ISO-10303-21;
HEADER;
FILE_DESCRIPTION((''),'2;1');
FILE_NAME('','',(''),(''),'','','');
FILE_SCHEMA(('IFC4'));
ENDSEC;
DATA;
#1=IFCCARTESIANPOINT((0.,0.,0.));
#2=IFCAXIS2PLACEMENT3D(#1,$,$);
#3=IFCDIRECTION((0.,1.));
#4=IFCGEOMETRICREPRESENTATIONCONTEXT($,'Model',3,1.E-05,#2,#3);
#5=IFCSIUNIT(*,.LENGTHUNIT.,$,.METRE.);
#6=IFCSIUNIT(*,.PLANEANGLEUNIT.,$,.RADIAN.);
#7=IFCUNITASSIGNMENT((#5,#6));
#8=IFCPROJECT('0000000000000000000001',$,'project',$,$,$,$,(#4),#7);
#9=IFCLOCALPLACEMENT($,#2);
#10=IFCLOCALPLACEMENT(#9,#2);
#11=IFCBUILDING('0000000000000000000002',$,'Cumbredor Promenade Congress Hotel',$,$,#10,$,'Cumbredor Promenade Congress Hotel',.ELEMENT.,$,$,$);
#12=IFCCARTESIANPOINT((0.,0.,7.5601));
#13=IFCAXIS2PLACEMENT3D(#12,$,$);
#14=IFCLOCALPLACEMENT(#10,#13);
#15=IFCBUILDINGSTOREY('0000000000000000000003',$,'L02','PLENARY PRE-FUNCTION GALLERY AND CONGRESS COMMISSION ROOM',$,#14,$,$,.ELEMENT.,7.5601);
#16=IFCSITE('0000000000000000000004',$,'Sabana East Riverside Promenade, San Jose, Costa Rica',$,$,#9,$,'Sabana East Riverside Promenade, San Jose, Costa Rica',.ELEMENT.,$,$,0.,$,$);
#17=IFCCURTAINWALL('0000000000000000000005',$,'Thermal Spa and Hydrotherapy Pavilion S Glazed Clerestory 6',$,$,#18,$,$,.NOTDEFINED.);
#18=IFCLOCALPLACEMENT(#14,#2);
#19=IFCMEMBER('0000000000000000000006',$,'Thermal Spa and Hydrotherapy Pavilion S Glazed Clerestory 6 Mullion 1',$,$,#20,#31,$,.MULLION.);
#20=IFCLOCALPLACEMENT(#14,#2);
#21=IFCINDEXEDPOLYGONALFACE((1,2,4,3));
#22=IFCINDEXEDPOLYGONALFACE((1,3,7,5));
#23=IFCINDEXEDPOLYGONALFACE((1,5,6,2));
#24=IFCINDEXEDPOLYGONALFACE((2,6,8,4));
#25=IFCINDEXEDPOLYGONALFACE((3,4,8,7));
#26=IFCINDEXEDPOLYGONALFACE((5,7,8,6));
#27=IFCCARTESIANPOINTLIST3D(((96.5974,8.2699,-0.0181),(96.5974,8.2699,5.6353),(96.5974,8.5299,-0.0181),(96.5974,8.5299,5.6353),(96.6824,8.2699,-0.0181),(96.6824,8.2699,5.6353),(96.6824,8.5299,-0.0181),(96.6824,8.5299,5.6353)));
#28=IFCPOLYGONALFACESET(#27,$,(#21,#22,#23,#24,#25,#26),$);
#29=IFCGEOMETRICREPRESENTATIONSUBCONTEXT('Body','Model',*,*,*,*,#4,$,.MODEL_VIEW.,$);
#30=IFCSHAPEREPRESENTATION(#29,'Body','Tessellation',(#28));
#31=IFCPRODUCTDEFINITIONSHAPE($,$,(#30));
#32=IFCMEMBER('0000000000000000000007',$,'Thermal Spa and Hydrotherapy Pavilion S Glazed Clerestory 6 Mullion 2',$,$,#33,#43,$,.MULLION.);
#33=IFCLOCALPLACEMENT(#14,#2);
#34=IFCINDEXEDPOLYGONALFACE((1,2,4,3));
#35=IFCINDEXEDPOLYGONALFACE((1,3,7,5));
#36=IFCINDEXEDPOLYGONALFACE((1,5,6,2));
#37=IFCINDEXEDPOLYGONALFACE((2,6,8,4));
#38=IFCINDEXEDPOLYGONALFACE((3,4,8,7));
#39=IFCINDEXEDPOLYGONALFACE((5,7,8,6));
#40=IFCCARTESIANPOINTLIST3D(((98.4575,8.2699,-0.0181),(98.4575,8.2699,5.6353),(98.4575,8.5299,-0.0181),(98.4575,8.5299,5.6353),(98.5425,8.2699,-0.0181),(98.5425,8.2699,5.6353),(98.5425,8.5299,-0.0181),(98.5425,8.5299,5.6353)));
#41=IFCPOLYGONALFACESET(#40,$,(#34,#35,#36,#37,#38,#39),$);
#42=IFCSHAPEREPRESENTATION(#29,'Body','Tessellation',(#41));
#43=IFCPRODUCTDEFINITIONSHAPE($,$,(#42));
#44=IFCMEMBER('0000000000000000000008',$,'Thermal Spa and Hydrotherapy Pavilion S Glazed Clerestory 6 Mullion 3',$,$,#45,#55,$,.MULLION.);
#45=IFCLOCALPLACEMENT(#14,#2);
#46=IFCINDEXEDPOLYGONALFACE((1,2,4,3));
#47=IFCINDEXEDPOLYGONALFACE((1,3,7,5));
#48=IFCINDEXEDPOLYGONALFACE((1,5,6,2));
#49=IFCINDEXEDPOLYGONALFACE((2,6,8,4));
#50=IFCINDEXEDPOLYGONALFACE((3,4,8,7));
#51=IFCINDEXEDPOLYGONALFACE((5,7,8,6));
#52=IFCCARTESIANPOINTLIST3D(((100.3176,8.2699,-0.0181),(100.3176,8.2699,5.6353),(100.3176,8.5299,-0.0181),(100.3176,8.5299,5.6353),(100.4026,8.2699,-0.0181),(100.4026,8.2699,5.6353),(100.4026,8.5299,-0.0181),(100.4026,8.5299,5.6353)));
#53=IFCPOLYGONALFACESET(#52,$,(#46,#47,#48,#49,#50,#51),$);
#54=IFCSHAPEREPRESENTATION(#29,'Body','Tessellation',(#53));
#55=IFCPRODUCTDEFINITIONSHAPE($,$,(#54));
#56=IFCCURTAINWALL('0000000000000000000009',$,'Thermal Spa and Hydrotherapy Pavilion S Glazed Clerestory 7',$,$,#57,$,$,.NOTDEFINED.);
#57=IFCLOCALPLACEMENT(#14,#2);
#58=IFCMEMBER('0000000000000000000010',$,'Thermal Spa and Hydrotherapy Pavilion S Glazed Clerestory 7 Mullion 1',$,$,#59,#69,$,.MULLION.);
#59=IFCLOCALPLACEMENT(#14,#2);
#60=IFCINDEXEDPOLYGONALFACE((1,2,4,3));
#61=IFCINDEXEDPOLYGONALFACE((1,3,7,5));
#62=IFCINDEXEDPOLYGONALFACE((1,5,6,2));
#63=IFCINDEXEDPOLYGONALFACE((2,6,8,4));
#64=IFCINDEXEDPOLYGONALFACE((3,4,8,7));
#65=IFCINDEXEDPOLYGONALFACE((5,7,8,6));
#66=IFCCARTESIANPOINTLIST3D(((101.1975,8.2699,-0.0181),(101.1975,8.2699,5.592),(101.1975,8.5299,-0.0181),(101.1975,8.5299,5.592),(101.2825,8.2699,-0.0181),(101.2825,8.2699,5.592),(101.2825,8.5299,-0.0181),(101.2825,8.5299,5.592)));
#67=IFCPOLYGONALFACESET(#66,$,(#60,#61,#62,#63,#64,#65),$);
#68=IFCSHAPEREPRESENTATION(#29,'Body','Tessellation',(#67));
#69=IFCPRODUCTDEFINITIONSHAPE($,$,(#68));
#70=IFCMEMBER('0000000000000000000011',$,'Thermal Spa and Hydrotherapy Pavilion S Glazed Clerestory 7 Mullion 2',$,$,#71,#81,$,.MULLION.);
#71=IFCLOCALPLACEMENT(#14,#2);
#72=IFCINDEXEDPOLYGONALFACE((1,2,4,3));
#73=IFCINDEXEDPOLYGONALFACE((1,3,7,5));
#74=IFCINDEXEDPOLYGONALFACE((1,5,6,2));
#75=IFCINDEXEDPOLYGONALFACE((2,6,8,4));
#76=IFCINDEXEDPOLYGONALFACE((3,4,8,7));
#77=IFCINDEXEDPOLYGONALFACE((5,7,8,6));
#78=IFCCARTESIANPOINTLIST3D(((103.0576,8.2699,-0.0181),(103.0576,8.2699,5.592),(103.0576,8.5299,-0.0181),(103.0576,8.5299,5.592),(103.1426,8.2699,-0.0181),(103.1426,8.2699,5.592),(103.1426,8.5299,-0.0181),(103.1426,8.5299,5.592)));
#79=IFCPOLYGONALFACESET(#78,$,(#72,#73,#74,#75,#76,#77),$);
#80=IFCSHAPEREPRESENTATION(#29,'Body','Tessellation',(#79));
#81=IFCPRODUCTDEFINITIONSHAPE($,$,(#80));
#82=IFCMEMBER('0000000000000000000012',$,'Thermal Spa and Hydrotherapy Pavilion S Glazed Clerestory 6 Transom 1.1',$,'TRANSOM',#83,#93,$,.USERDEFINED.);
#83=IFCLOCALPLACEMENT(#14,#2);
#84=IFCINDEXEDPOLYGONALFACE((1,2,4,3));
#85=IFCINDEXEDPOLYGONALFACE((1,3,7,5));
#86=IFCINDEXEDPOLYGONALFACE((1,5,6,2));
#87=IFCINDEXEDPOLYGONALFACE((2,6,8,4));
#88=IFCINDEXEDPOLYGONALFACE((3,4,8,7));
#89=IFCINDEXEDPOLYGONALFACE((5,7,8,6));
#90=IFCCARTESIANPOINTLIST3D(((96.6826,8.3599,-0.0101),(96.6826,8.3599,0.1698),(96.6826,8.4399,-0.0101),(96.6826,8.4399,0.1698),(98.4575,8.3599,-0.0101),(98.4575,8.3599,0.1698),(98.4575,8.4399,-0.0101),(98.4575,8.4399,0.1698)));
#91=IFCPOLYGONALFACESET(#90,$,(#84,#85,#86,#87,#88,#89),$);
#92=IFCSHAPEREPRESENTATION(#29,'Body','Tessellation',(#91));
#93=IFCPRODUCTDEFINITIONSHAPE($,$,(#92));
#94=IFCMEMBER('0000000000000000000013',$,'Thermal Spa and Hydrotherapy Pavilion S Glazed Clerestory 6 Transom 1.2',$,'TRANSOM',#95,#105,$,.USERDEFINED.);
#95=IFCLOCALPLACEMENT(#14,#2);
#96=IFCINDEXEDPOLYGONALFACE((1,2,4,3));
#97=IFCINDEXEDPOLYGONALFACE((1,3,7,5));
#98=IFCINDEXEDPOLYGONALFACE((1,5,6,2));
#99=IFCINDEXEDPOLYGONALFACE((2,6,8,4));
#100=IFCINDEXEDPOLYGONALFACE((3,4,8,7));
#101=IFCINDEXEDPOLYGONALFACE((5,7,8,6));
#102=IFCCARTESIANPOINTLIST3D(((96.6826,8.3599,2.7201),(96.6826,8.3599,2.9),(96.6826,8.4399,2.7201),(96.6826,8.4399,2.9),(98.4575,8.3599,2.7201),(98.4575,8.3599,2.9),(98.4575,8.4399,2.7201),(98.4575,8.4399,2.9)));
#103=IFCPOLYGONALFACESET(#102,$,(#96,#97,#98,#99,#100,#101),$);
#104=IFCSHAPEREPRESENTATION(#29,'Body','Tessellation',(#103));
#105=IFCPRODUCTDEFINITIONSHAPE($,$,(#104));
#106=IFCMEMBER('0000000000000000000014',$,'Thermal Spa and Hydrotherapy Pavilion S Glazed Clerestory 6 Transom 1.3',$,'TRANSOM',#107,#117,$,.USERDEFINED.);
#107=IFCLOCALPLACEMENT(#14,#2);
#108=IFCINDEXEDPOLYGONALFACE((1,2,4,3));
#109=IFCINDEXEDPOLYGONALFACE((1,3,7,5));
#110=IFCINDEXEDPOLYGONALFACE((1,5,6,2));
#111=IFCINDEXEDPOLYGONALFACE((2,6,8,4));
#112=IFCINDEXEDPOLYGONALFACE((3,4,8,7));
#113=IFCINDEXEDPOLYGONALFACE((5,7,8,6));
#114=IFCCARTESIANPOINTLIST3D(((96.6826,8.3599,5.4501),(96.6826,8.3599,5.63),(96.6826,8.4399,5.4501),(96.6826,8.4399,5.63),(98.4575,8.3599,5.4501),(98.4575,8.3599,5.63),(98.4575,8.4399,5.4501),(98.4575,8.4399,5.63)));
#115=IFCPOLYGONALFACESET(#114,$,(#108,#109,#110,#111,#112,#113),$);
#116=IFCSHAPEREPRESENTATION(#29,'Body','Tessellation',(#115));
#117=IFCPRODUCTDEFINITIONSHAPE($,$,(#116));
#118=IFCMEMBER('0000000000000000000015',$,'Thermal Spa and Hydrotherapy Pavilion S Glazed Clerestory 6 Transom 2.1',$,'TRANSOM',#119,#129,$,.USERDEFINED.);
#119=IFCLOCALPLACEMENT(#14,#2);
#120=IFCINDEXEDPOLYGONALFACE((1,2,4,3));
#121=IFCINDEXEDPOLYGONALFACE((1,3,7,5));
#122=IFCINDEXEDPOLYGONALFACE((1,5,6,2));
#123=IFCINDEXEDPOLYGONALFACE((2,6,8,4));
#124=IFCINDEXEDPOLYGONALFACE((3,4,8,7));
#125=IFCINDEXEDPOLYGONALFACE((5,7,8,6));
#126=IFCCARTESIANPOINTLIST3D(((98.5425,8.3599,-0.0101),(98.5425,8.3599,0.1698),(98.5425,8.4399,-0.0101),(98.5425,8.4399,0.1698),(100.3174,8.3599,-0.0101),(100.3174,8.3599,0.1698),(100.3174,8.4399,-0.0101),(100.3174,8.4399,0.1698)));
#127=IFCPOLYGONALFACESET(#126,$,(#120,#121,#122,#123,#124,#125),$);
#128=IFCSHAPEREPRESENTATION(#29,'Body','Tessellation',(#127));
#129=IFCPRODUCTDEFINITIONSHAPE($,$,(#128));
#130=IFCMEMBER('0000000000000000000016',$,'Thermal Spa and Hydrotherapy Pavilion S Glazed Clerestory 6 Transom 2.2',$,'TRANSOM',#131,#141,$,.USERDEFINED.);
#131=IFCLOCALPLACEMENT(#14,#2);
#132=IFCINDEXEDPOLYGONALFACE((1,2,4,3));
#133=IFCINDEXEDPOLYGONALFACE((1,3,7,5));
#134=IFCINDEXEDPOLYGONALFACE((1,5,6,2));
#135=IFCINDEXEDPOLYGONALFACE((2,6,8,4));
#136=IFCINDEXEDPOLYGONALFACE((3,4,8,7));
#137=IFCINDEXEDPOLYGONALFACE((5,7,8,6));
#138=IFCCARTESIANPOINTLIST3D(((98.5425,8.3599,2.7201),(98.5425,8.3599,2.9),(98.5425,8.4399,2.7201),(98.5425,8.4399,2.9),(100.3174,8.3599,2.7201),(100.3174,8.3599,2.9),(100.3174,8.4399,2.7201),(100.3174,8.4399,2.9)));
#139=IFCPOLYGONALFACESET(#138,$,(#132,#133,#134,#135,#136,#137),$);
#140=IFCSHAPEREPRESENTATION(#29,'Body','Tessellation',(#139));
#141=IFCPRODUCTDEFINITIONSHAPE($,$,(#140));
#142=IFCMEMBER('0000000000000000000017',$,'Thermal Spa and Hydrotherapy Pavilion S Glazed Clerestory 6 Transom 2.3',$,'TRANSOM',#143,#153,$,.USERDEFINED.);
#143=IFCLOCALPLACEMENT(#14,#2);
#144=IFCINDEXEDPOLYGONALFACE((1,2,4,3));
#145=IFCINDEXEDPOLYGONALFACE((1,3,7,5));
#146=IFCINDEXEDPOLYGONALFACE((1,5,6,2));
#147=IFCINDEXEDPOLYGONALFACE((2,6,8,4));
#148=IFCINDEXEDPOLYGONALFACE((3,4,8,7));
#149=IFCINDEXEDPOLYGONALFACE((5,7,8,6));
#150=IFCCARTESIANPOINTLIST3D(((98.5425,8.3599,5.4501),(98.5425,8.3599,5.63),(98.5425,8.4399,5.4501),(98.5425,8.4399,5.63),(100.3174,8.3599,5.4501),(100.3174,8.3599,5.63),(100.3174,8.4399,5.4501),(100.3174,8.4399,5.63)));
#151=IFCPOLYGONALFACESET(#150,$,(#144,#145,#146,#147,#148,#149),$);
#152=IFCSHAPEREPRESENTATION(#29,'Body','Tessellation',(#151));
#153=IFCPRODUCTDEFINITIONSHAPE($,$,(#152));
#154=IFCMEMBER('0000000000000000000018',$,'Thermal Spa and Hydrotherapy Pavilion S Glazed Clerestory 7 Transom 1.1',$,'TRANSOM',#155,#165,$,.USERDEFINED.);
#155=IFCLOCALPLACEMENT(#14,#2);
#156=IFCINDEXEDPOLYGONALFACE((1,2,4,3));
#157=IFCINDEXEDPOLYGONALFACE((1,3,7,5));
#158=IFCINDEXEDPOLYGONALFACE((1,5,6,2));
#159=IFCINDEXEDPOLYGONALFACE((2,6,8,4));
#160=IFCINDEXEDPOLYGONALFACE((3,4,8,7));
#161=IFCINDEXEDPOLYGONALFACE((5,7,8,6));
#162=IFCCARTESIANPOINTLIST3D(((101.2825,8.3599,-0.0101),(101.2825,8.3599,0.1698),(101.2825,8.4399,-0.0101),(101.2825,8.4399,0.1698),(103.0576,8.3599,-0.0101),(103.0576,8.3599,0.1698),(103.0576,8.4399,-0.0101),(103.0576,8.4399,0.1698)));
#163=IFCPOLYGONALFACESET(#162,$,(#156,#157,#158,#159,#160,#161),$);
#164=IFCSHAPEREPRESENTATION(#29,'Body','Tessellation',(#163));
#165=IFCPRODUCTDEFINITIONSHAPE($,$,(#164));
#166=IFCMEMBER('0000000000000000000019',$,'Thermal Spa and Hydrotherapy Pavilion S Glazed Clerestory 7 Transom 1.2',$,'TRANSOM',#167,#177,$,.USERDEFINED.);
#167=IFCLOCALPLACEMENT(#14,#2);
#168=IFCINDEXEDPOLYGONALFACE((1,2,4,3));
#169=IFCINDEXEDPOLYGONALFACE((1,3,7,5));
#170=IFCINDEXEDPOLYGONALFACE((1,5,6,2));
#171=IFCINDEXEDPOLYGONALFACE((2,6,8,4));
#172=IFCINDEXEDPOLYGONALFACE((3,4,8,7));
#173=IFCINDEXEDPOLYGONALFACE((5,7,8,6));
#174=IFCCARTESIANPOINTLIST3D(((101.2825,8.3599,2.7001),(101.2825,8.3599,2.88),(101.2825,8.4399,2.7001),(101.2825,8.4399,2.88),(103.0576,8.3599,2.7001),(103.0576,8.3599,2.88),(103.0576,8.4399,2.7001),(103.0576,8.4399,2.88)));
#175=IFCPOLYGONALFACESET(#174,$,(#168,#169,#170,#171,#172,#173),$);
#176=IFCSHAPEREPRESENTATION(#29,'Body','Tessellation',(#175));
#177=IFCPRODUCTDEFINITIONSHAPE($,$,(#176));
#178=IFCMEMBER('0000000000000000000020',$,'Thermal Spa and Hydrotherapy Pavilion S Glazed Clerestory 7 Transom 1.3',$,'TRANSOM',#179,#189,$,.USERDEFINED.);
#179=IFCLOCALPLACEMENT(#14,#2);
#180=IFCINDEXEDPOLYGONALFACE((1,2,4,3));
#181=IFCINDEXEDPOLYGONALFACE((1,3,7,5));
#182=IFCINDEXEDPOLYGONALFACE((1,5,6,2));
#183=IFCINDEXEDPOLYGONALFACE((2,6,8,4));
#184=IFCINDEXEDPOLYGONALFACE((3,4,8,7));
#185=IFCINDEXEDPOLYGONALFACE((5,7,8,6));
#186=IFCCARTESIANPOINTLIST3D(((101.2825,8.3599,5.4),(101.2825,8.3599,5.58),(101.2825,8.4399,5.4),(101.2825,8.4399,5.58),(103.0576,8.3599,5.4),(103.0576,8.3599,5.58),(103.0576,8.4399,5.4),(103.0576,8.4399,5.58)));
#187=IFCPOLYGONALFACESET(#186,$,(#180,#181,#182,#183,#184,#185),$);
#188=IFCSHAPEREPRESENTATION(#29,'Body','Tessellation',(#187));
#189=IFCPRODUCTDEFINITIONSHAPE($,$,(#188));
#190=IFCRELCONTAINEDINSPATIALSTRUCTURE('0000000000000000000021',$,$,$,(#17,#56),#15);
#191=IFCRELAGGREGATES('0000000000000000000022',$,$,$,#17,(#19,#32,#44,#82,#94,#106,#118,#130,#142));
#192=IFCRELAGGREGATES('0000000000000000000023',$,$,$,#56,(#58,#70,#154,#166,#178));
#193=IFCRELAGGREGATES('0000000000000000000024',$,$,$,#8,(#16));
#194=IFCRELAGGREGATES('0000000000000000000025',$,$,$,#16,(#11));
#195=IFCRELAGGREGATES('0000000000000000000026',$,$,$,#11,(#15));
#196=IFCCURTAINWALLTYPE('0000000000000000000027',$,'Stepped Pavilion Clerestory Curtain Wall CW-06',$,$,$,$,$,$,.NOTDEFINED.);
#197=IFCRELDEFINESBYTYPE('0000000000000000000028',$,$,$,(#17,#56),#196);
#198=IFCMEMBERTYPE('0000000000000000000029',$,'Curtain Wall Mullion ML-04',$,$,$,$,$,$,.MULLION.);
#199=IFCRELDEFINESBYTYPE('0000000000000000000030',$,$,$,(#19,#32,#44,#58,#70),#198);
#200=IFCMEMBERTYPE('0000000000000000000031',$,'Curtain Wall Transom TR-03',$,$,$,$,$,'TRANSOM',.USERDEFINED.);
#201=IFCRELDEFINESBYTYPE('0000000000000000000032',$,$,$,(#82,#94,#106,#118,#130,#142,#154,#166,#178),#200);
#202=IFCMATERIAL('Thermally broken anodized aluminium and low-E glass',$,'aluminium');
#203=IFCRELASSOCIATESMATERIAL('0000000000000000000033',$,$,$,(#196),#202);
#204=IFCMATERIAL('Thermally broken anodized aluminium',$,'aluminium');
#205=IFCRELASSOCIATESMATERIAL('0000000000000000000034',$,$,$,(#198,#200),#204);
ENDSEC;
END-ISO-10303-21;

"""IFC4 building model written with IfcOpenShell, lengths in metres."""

from ifc_helpers import new_model, si_unit, direction, frame, origin, origin_2d, place, context, subcontext, project, spatial, rectangle, extrude, material, material_profile, profile_set, type_object, element, aggregate, save


model = new_model("IFC4")

# Units and contexts
model_context = context("Model", 3, precision=1e-05, world=origin(), true_north=direction((0.0, 1.0)))
body_context = subcontext(model_context, "Body", "Model", "MODEL_VIEW")
ifc_project = project(units=[si_unit("LENGTHUNIT", "METRE"), si_unit("PLANEANGLEUNIT", "RADIAN")], contexts=[model_context])

# Site, building, storey
site_placement = place(None, origin())
site = spatial("IfcSite", under=ifc_project, at=site_placement, Name="Sabana East Riverside Promenade, San Jose, Costa Rica", LongName="Sabana East Riverside Promenade, San Jose, Costa Rica", CompositionType="ELEMENT", RefElevation=0.0)
building_placement = place(site_placement, origin())
building = spatial("IfcBuilding", under=site, at=building_placement, Name="Cumbredor Promenade Congress Hotel", LongName="Cumbredor Promenade Congress Hotel", CompositionType="ELEMENT")
storey_placement = place(building_placement, frame((0.0, 0.0, 7.5601)))
storey = spatial("IfcBuildingStorey", under=building, at=storey_placement, Name="L02", Description="PLENARY PRE-FUNCTION GALLERY AND CONGRESS COMMISSION ROOM", CompositionType="ELEMENT", Elevation=7.5601)

# Curtain walls, members
ifc_material_1 = material(Name="Thermally broken anodized aluminium and low-E glass", Category="aluminium")
curtain_wall_type = type_object("IfcCurtainWallType", Name="Stepped Pavilion Clerestory Curtain Wall CW-06", PredefinedType="NOTDEFINED", material=ifc_material_1)
curtain_wall_1_placement = place(storey_placement, origin())
curtain_wall_1 = element("IfcCurtainWall", 1, at=curtain_wall_1_placement, inside=storey, type_object=curtain_wall_type, Name="Thermal Spa and Hydrotherapy Pavilion S Glazed Clerestory 6", PredefinedType="NOTDEFINED")
ifc_material_2 = material(Name="Thermally broken anodized aluminium", Category="aluminium")
ifc_material_profile_1 = material_profile(ifc_material_2, rectangle(XDim=0.085, YDim=0.26, at=origin_2d()), Name="ALU MULLION CLERESTORY 85x260")
ifc_profile_set_1 = profile_set([ifc_material_profile_1], Name="Thermally broken anodized aluminium")
member_type_1 = type_object("IfcMemberType", Name="Curtain Wall Mullion ML-04", PredefinedType="MULLION", material=ifc_profile_set_1)
member_1_placement = place(storey_placement, frame((96.6399, 8.3999, -0.0181), z_axis=(0.0, 0.0, 1.0), x_axis=(1.0, 0.0, 0.0)))
member_1 = element("IfcMember", 2, at=member_1_placement, type_object=member_type_1, Name="Thermal Spa and Hydrotherapy Pavilion S Glazed Clerestory 6 Mullion 1", PredefinedType="MULLION", context=body_context, shape_type="SweptSolid", body=[
    extrude(rectangle(XDim=0.085, YDim=0.26, at=origin_2d()), origin(), (0.0, 0.0, 1.0), 5.6533),
])
member_2_placement = place(storey_placement, frame((98.5, 8.3999, -0.0181), z_axis=(0.0, 0.0, 1.0), x_axis=(1.0, 0.0, 0.0)))
member_2 = element("IfcMember", 3, at=member_2_placement, type_object=member_type_1, Name="Thermal Spa and Hydrotherapy Pavilion S Glazed Clerestory 6 Mullion 2", PredefinedType="MULLION", context=body_context, shape_type="SweptSolid", body=[
    extrude(rectangle(XDim=0.085, YDim=0.26, at=origin_2d()), origin(), (0.0, 0.0, 1.0), 5.6533),
])
member_3_placement = place(storey_placement, frame((100.3601, 8.3999, -0.0181), z_axis=(0.0, 0.0, 1.0), x_axis=(1.0, 0.0, 0.0)))
member_3 = element("IfcMember", 4, at=member_3_placement, type_object=member_type_1, Name="Thermal Spa and Hydrotherapy Pavilion S Glazed Clerestory 6 Mullion 3", PredefinedType="MULLION", context=body_context, shape_type="SweptSolid", body=[
    extrude(rectangle(XDim=0.085, YDim=0.26, at=origin_2d()), origin(), (0.0, 0.0, 1.0), 5.6533),
])
curtain_wall_2_placement = place(storey_placement, origin())
curtain_wall_2 = element("IfcCurtainWall", 5, at=curtain_wall_2_placement, inside=storey, type_object=curtain_wall_type, Name="Thermal Spa and Hydrotherapy Pavilion S Glazed Clerestory 7", PredefinedType="NOTDEFINED")
member_4_placement = place(storey_placement, frame((101.24, 8.3999, -0.0181), z_axis=(0.0, 0.0, 1.0), x_axis=(1.0, 0.0, 0.0)))
member_4 = element("IfcMember", 6, at=member_4_placement, type_object=member_type_1, Name="Thermal Spa and Hydrotherapy Pavilion S Glazed Clerestory 7 Mullion 1", PredefinedType="MULLION", context=body_context, shape_type="SweptSolid", body=[
    extrude(rectangle(XDim=0.085, YDim=0.26, at=origin_2d()), origin(), (0.0, 0.0, 1.0), 5.6101),
])
member_5_placement = place(storey_placement, frame((103.1001, 8.3999, -0.0181), z_axis=(0.0, 0.0, 1.0), x_axis=(1.0, 0.0, 0.0)))
member_5 = element("IfcMember", 7, at=member_5_placement, type_object=member_type_1, Name="Thermal Spa and Hydrotherapy Pavilion S Glazed Clerestory 7 Mullion 2", PredefinedType="MULLION", context=body_context, shape_type="SweptSolid", body=[
    extrude(rectangle(XDim=0.085, YDim=0.26, at=origin_2d()), origin(), (0.0, 0.0, 1.0), 5.6101),
])

# Members
ifc_material_profile_2 = material_profile(ifc_material_2, rectangle(XDim=0.0801, YDim=0.1799, at=origin_2d()), Name="ALU TRANSOM 80x180")
ifc_profile_set_2 = profile_set([ifc_material_profile_2], Name="Thermally broken anodized aluminium")
member_type_2 = type_object("IfcMemberType", Name="Curtain Wall Transom TR-03", ElementType="TRANSOM", PredefinedType="USERDEFINED", material=ifc_profile_set_2)
member_6_placement = place(storey_placement, frame((96.6826, 8.3999, 0.0798), z_axis=(1.0, 0.0, 0.0), x_axis=(0.0, 1.0, 0.0)))
member_6 = element("IfcMember", 8, at=member_6_placement, type_object=member_type_2, Name="Thermal Spa and Hydrotherapy Pavilion S Glazed Clerestory 6 Transom 1.1", ObjectType="TRANSOM", PredefinedType="USERDEFINED", context=body_context, shape_type="SweptSolid", body=[
    extrude(rectangle(XDim=0.0801, YDim=0.1799, at=origin_2d()), origin(), (0.0, 0.0, 1.0), 1.7749),
])
member_7_placement = place(storey_placement, frame((96.6826, 8.3999, 2.8101), z_axis=(1.0, 0.0, 0.0), x_axis=(0.0, 1.0, 0.0)))
member_7 = element("IfcMember", 9, at=member_7_placement, type_object=member_type_2, Name="Thermal Spa and Hydrotherapy Pavilion S Glazed Clerestory 6 Transom 1.2", ObjectType="TRANSOM", PredefinedType="USERDEFINED", context=body_context, shape_type="SweptSolid", body=[
    extrude(rectangle(XDim=0.0801, YDim=0.1799, at=origin_2d()), origin(), (0.0, 0.0, 1.0), 1.7749),
])
member_8_placement = place(storey_placement, frame((96.6826, 8.3999, 5.54), z_axis=(1.0, 0.0, 0.0), x_axis=(0.0, 1.0, 0.0)))
member_8 = element("IfcMember", 10, at=member_8_placement, type_object=member_type_2, Name="Thermal Spa and Hydrotherapy Pavilion S Glazed Clerestory 6 Transom 1.3", ObjectType="TRANSOM", PredefinedType="USERDEFINED", context=body_context, shape_type="SweptSolid", body=[
    extrude(rectangle(XDim=0.0801, YDim=0.1799, at=origin_2d()), origin(), (0.0, 0.0, 1.0), 1.7749),
])
member_9_placement = place(storey_placement, frame((98.5425, 8.3999, 0.0798), z_axis=(1.0, 0.0, 0.0), x_axis=(0.0, 1.0, 0.0)))
member_9 = element("IfcMember", 11, at=member_9_placement, type_object=member_type_2, Name="Thermal Spa and Hydrotherapy Pavilion S Glazed Clerestory 6 Transom 2.1", ObjectType="TRANSOM", PredefinedType="USERDEFINED", context=body_context, shape_type="SweptSolid", body=[
    extrude(rectangle(XDim=0.0801, YDim=0.1799, at=origin_2d()), origin(), (0.0, 0.0, 1.0), 1.7749),
])
member_10_placement = place(storey_placement, frame((98.5425, 8.3999, 2.8101), z_axis=(1.0, 0.0, 0.0), x_axis=(0.0, 1.0, 0.0)))
member_10 = element("IfcMember", 12, at=member_10_placement, type_object=member_type_2, Name="Thermal Spa and Hydrotherapy Pavilion S Glazed Clerestory 6 Transom 2.2", ObjectType="TRANSOM", PredefinedType="USERDEFINED", context=body_context, shape_type="SweptSolid", body=[
    extrude(rectangle(XDim=0.0801, YDim=0.1799, at=origin_2d()), origin(), (0.0, 0.0, 1.0), 1.7749),
])
member_11_placement = place(storey_placement, frame((98.5425, 8.3999, 5.54), z_axis=(1.0, 0.0, 0.0), x_axis=(0.0, 1.0, 0.0)))
member_11 = element("IfcMember", 13, at=member_11_placement, type_object=member_type_2, Name="Thermal Spa and Hydrotherapy Pavilion S Glazed Clerestory 6 Transom 2.3", ObjectType="TRANSOM", PredefinedType="USERDEFINED", context=body_context, shape_type="SweptSolid", body=[
    extrude(rectangle(XDim=0.0801, YDim=0.1799, at=origin_2d()), origin(), (0.0, 0.0, 1.0), 1.7749),
])
member_12_placement = place(storey_placement, frame((101.2825, 8.3999, 0.0798), z_axis=(1.0, 0.0, 0.0), x_axis=(0.0, 1.0, 0.0)))
member_12 = element("IfcMember", 14, at=member_12_placement, type_object=member_type_2, Name="Thermal Spa and Hydrotherapy Pavilion S Glazed Clerestory 7 Transom 1.1", ObjectType="TRANSOM", PredefinedType="USERDEFINED", context=body_context, shape_type="SweptSolid", body=[
    extrude(rectangle(XDim=0.0801, YDim=0.1799, at=origin_2d()), origin(), (0.0, 0.0, 1.0), 1.7751),
])
member_13_placement = place(storey_placement, frame((101.2825, 8.3999, 2.79), z_axis=(1.0, 0.0, 0.0), x_axis=(0.0, 1.0, 0.0)))
member_13 = element("IfcMember", 15, at=member_13_placement, type_object=member_type_2, Name="Thermal Spa and Hydrotherapy Pavilion S Glazed Clerestory 7 Transom 1.2", ObjectType="TRANSOM", PredefinedType="USERDEFINED", context=body_context, shape_type="SweptSolid", body=[
    extrude(rectangle(XDim=0.0801, YDim=0.1799, at=origin_2d()), origin(), (0.0, 0.0, 1.0), 1.7751),
])
member_14_placement = place(storey_placement, frame((101.2825, 8.3999, 5.49), z_axis=(1.0, 0.0, 0.0), x_axis=(0.0, 1.0, 0.0)))
member_14 = element("IfcMember", 16, at=member_14_placement, type_object=member_type_2, Name="Thermal Spa and Hydrotherapy Pavilion S Glazed Clerestory 7 Transom 1.3", ObjectType="TRANSOM", PredefinedType="USERDEFINED", context=body_context, shape_type="SweptSolid", body=[
    extrude(rectangle(XDim=0.0801, YDim=0.1799, at=origin_2d()), origin(), (0.0, 0.0, 1.0), 1.7751),
])

aggregate(curtain_wall_1, [member_1, member_2, member_3, member_6, member_7, member_8, member_9, member_10, member_11])
aggregate(curtain_wall_2, [member_4, member_5, member_12, member_13, member_14])

save(model, "model.ifc")
